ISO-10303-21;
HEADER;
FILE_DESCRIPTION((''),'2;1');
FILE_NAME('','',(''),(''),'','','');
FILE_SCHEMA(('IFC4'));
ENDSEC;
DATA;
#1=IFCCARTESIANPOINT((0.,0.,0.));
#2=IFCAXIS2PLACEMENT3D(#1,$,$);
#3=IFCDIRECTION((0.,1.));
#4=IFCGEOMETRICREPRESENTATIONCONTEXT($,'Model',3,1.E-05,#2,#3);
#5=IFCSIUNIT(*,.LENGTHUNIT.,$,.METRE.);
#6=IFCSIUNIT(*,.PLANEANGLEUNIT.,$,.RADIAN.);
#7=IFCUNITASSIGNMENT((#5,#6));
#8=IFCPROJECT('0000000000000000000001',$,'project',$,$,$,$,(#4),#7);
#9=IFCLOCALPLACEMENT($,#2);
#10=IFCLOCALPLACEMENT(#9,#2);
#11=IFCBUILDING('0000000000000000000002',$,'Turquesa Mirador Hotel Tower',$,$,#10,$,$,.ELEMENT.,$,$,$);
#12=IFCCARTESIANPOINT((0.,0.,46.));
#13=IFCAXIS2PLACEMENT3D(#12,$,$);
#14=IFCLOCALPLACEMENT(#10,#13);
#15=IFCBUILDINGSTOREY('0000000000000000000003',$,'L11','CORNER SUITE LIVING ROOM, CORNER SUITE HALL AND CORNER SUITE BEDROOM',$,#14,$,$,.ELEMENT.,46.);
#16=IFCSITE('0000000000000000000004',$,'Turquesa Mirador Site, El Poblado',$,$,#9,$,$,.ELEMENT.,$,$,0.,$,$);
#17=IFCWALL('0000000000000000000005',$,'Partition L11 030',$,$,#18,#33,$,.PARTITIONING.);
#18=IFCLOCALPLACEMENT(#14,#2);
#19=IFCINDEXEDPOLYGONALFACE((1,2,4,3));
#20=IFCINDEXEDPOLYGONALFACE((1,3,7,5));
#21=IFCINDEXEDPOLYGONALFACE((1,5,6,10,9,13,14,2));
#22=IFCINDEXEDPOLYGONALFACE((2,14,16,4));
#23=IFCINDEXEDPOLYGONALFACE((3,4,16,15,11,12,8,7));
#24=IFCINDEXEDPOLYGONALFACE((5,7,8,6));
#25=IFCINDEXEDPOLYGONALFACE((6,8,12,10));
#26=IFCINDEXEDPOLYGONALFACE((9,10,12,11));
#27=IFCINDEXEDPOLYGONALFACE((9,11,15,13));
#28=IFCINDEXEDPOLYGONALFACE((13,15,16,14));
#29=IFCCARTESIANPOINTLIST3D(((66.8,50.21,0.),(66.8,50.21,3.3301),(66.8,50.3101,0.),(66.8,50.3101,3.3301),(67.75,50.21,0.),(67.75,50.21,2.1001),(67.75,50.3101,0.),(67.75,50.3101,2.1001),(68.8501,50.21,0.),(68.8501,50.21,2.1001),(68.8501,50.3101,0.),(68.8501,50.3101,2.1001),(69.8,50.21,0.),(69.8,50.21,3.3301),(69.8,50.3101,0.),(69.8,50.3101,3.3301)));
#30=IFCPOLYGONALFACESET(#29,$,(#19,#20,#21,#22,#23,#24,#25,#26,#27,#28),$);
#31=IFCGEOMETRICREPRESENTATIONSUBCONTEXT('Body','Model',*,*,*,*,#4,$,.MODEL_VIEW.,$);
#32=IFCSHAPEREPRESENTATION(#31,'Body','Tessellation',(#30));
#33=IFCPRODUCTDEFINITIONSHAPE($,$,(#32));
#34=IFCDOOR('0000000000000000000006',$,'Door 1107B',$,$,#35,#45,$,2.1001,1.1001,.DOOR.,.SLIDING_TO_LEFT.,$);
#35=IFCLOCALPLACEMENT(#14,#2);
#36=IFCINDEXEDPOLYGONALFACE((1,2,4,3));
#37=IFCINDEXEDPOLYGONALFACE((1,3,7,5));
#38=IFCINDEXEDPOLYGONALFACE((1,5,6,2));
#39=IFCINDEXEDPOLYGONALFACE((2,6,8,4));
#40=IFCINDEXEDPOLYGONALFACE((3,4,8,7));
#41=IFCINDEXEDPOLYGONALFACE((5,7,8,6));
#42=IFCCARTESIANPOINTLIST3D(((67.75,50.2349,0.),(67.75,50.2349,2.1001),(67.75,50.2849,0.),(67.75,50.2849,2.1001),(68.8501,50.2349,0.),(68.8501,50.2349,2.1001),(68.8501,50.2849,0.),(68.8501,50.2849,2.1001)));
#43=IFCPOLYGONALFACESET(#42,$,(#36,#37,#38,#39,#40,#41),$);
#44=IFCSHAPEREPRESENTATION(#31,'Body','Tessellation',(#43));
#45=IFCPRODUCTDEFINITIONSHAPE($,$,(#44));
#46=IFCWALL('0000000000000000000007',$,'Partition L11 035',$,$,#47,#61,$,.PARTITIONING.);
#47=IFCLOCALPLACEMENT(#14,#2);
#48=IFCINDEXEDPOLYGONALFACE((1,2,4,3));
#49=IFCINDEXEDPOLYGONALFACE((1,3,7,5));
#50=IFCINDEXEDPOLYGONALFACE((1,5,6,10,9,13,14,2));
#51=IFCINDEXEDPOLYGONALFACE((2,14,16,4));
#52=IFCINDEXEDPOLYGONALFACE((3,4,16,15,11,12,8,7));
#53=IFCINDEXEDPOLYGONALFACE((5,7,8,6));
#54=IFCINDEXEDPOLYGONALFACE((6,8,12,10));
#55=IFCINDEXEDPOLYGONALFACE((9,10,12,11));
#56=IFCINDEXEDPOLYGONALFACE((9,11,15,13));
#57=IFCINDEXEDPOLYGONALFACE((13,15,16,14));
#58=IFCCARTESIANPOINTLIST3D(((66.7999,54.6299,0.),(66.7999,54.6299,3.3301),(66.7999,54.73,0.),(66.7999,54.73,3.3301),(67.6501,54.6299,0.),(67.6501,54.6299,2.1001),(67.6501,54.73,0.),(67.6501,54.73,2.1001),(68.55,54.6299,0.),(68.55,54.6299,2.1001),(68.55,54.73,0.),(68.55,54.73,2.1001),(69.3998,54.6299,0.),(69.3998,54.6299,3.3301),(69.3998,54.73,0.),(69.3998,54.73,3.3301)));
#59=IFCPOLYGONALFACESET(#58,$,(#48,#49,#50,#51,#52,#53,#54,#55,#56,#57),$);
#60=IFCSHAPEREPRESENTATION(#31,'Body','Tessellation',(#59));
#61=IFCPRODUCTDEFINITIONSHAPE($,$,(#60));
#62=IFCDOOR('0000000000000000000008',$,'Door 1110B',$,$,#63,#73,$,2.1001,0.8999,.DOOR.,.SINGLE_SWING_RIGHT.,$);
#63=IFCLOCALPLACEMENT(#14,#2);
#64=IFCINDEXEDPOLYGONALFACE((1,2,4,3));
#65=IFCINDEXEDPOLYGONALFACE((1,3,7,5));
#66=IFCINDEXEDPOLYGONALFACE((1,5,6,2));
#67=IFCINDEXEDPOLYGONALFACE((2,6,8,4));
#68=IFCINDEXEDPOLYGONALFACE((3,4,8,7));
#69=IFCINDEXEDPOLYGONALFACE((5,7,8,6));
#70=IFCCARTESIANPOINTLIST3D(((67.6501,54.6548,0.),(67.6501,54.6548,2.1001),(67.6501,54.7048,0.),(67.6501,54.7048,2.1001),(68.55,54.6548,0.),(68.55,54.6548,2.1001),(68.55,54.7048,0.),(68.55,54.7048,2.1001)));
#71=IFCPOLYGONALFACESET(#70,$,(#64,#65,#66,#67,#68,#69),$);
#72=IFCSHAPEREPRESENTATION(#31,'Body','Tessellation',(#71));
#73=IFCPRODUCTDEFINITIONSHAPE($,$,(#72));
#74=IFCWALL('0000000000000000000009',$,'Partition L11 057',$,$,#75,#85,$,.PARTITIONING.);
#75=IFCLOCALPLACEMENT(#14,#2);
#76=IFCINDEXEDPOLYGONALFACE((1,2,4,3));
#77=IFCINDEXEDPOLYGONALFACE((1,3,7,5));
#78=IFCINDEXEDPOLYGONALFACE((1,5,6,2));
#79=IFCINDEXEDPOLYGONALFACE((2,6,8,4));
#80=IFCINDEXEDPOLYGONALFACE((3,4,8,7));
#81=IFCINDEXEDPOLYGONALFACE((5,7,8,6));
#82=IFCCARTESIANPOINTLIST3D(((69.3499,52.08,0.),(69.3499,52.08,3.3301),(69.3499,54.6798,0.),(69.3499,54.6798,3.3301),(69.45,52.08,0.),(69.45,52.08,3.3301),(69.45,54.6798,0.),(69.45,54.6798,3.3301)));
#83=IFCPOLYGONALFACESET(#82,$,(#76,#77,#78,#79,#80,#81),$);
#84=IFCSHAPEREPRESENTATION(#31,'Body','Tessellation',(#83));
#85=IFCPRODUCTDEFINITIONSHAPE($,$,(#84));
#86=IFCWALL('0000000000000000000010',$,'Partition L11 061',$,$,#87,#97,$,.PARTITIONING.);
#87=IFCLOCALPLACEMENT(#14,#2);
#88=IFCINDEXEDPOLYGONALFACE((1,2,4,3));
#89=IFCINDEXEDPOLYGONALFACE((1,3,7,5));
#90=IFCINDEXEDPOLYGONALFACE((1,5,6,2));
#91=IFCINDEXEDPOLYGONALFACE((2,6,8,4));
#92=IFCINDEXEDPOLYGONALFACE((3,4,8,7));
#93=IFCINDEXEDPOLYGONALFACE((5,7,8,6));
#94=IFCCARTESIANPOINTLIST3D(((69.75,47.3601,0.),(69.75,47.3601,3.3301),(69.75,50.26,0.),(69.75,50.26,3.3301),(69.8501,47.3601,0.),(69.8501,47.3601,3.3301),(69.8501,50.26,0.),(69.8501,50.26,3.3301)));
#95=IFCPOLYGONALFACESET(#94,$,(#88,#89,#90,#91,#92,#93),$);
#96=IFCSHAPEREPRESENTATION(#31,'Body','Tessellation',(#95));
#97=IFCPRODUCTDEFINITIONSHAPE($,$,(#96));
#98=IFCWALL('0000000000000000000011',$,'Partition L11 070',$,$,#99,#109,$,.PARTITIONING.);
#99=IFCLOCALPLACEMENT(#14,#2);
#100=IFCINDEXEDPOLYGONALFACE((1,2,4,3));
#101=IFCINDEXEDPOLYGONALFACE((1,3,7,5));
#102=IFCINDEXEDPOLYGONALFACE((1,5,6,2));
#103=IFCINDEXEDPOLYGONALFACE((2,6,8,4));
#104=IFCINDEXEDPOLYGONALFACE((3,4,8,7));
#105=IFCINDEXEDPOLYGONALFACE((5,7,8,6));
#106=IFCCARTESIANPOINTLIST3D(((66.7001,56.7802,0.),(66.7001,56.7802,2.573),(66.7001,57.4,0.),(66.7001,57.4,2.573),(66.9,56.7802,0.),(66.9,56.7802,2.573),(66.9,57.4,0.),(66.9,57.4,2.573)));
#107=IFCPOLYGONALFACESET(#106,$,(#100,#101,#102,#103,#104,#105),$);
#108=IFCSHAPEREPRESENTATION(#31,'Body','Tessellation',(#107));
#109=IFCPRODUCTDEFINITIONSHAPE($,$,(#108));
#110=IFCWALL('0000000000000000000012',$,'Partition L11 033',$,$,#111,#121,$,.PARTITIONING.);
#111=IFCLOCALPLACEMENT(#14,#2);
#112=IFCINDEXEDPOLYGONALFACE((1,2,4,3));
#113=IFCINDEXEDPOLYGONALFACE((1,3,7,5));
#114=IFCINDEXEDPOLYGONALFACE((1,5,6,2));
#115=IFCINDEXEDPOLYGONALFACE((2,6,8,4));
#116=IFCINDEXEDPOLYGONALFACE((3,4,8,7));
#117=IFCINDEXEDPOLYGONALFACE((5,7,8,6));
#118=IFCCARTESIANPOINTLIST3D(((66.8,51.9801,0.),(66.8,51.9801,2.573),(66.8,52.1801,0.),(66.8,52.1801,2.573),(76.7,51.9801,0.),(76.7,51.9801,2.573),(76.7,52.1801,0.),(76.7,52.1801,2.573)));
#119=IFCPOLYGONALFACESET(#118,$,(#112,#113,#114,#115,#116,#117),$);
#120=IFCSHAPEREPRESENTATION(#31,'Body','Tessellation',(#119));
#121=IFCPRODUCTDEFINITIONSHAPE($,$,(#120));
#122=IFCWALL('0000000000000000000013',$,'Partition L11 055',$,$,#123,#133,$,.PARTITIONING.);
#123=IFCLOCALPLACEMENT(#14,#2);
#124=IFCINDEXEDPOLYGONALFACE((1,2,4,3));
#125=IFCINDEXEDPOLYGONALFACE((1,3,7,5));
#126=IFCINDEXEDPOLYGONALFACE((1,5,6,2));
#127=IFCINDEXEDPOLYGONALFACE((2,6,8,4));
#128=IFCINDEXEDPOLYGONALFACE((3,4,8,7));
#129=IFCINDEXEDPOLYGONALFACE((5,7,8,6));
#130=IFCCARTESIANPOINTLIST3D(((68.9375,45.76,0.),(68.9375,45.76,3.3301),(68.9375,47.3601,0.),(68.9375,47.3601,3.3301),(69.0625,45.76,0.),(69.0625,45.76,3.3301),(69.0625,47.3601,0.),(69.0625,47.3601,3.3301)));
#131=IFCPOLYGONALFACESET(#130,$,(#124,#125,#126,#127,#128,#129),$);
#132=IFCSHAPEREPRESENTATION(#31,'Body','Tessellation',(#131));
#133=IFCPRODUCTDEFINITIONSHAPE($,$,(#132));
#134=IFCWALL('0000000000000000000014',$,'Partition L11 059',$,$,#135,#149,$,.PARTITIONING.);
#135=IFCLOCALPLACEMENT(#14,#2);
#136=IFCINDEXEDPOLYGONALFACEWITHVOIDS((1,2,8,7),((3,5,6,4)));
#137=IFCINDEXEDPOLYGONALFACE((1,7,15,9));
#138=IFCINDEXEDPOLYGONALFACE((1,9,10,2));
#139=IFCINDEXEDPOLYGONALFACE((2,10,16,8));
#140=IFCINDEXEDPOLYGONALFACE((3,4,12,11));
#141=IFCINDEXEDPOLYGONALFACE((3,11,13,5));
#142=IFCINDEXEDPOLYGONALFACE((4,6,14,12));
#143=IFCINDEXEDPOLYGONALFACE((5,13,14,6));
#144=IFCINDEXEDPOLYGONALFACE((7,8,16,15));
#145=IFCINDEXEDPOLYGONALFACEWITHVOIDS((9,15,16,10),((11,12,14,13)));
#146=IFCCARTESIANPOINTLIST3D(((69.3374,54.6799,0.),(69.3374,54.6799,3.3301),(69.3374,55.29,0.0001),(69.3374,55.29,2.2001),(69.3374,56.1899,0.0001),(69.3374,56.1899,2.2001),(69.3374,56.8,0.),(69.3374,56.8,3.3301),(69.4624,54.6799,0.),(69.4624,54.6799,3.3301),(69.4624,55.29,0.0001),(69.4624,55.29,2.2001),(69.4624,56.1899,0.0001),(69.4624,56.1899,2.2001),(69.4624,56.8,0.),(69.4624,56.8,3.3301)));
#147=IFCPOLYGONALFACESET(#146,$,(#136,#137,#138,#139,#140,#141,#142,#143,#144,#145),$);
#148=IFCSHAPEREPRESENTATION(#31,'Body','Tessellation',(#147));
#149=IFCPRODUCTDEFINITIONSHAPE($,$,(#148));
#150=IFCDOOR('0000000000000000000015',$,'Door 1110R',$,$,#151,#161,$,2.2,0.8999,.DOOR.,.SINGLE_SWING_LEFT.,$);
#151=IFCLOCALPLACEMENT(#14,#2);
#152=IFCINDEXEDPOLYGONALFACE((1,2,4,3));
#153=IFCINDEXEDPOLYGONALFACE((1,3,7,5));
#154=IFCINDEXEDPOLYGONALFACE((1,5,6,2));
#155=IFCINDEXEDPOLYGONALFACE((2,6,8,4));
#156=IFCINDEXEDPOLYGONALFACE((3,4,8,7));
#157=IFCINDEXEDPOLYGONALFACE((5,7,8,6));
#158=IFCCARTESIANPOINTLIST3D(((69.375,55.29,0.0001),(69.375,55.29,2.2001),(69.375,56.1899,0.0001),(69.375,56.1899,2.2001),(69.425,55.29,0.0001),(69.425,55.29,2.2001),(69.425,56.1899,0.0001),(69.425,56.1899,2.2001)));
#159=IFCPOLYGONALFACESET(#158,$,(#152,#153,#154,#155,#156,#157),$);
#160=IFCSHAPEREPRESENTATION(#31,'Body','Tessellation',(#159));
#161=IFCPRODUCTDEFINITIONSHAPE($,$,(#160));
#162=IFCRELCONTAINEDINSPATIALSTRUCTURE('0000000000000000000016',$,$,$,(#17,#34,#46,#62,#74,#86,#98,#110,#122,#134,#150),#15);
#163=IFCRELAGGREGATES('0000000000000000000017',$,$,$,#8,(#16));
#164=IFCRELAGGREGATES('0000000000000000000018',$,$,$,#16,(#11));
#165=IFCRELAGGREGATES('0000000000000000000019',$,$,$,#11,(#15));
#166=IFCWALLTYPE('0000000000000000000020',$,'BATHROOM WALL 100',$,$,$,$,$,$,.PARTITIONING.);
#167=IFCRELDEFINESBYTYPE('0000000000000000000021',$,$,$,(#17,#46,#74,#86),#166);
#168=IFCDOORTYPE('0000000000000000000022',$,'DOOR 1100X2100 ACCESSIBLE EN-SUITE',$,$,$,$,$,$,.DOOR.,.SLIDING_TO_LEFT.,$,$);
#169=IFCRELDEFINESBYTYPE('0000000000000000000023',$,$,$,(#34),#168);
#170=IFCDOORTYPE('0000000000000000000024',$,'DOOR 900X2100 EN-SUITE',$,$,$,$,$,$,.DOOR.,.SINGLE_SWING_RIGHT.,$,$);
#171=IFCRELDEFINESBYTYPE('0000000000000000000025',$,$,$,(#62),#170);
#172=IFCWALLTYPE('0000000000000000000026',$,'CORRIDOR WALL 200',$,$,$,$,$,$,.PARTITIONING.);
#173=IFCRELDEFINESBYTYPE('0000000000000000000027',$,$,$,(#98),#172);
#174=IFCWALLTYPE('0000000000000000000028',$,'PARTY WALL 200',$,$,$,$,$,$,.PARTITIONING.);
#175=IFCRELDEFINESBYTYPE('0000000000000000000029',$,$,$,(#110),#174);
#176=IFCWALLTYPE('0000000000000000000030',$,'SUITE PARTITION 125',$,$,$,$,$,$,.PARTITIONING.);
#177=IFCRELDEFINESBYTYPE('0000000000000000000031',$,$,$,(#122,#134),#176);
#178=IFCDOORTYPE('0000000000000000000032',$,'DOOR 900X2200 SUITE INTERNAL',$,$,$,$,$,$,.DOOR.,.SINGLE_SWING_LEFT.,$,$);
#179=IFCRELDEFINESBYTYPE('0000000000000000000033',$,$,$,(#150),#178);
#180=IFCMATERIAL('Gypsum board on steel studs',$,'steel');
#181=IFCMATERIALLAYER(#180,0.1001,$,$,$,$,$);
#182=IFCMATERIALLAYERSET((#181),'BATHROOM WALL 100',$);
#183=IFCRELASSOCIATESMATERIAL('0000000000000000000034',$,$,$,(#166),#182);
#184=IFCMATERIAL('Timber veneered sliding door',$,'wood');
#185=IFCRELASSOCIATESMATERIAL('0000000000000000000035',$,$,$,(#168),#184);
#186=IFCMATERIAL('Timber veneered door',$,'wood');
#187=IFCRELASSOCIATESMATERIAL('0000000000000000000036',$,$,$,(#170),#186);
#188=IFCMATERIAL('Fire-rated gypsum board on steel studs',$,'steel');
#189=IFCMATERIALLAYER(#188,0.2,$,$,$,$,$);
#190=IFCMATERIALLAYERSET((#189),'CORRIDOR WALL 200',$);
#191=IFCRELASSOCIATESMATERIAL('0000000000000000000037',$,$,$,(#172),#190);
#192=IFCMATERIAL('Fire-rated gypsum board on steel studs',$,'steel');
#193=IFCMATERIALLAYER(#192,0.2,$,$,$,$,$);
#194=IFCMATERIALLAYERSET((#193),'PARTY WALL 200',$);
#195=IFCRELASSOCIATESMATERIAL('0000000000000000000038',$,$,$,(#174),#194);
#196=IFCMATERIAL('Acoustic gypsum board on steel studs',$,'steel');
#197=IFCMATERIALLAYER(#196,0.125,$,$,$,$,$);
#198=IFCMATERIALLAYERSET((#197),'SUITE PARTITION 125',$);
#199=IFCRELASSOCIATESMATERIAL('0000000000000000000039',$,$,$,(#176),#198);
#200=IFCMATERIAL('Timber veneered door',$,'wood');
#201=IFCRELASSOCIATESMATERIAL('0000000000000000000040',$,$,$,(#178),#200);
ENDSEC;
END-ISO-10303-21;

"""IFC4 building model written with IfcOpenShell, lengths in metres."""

from ifc_helpers import new_model, si_unit, direction, frame, frame_2d, origin, place, context, subcontext, project, spatial, rectangle, extrude, material, layer, layer_set, type_object, element, fill, save


model = new_model("IFC4")

# Units and contexts
model_context = context("Model", 3, precision=1e-05, world=origin(), true_north=direction((0.0, 1.0)))
body_context = subcontext(model_context, "Body", "Model", "MODEL_VIEW")
ifc_project = project(units=[si_unit("LENGTHUNIT", "METRE"), si_unit("PLANEANGLEUNIT", "RADIAN")], contexts=[model_context])

# Site, building, storey
site_placement = place(None, origin())
site = spatial("IfcSite", under=ifc_project, at=site_placement, Name="Turquesa Mirador Site, El Poblado", CompositionType="ELEMENT", RefElevation=0.0)
building_placement = place(site_placement, origin())
building = spatial("IfcBuilding", under=site, at=building_placement, Name="Turquesa Mirador Hotel Tower", CompositionType="ELEMENT")
storey_placement = place(building_placement, frame((0.0, 0.0, 46.0)))
storey = spatial("IfcBuildingStorey", under=building, at=storey_placement, Name="L11", Description="CORNER SUITE LIVING ROOM, CORNER SUITE HALL AND CORNER SUITE BEDROOM", CompositionType="ELEMENT", Elevation=46.0)

# Walls, openings, doors
ifc_material_1 = material(Name="Gypsum board on steel studs", Category="steel")
ifc_layer_1 = layer(ifc_material_1, 0.1001)
ifc_layer_set_1 = layer_set([ifc_layer_1], Name="BATHROOM WALL 100")
wall_type_1 = type_object("IfcWallType", Name="BATHROOM WALL 100", PredefinedType="PARTITIONING", material=ifc_layer_set_1)
wall_1_placement = place(storey_placement, frame((66.8, 50.26, 0.0), z_axis=(0.0, 0.0, 1.0), x_axis=(1.0, 0.0, 0.0)))
wall_1 = element("IfcWall", 1, at=wall_1_placement, inside=storey, type_object=wall_type_1, Name="Partition L11 030", PredefinedType="PARTITIONING", context=body_context, shape_type="SweptSolid", body=[
    extrude(rectangle(XDim=3.0, YDim=0.1001, at=frame_2d((1.5, 0.0))), origin(), (0.0, 0.0, 1.0), 3.3301),
])
opening_1_placement = place(wall_1_placement, frame((0.95, 0.0, 0.0)))
opening_1 = element("IfcOpeningElement", 2, at=opening_1_placement, cuts=wall_1, PredefinedType="OPENING", context=body_context, shape_type="SweptSolid", body=[
    extrude(rectangle(XDim=1.1001, YDim=2.1001, at=frame_2d((0.55, 1.05))), frame((0.0, 0.0601, 0.0), z_axis=(0.0, -1.0, 0.0), x_axis=(1.0, 0.0, 0.0)), (0.0, 0.0, 1.0), 0.1201),
])
ifc_material_2 = material(Name="Timber veneered sliding door", Category="wood")
door_type_1 = type_object("IfcDoorType", Name="DOOR 1100X2100 ACCESSIBLE EN-SUITE", OperationType="SLIDING_TO_LEFT", PredefinedType="DOOR", material=ifc_material_2)
door_1_placement = place(opening_1_placement, origin())
door_1 = element("IfcDoor", 3, at=door_1_placement, inside=storey, type_object=door_type_1, Name="Door 1107B", OperationType="SLIDING_TO_LEFT", OverallHeight=2.1001, OverallWidth=1.1001, PredefinedType="DOOR", context=body_context, shape_type="SweptSolid", body=[
    extrude(rectangle(XDim=1.1001, YDim=2.1001, at=frame_2d((0.55, 1.05))), frame((0.0, 0.0249, 0.0), z_axis=(0.0, -1.0, 0.0), x_axis=(1.0, 0.0, 0.0)), (0.0, 0.0, 1.0), 0.05),
])
fill(opening_1, door_1)
wall_2_placement = place(storey_placement, frame((66.8, 54.6799, 0.0), z_axis=(0.0, 0.0, 1.0), x_axis=(1.0, 0.0, 0.0)))
wall_2 = element("IfcWall", 4, at=wall_2_placement, inside=storey, type_object=wall_type_1, Name="Partition L11 035", PredefinedType="PARTITIONING", context=body_context, shape_type="SweptSolid", body=[
    extrude(rectangle(XDim=2.5999, YDim=0.1001, at=frame_2d((1.2998, 0.0))), origin(), (0.0, 0.0, 1.0), 3.3301),
])
opening_2_placement = place(wall_2_placement, frame((0.8501, 0.0, 0.0)))
opening_2 = element("IfcOpeningElement", 5, at=opening_2_placement, cuts=wall_2, PredefinedType="OPENING", context=body_context, shape_type="SweptSolid", body=[
    extrude(rectangle(XDim=0.8999, YDim=2.1001, at=frame_2d((0.45, 1.05))), frame((0.0, 0.0601, 0.0), z_axis=(0.0, -1.0, 0.0), x_axis=(1.0, 0.0, 0.0)), (0.0, 0.0, 1.0), 0.1201),
])
ifc_material_3 = material(Name="Timber veneered door", Category="wood")
door_type_2 = type_object("IfcDoorType", Name="DOOR 900X2100 EN-SUITE", OperationType="SINGLE_SWING_RIGHT", PredefinedType="DOOR", material=ifc_material_3)
door_2_placement = place(opening_2_placement, origin())
door_2 = element("IfcDoor", 6, at=door_2_placement, inside=storey, type_object=door_type_2, Name="Door 1110B", OperationType="SINGLE_SWING_RIGHT", OverallHeight=2.1001, OverallWidth=0.8999, PredefinedType="DOOR", context=body_context, shape_type="SweptSolid", body=[
    extrude(rectangle(XDim=0.8999, YDim=2.1001, at=frame_2d((0.45, 1.05))), frame((0.0, 0.0249, 0.0), z_axis=(0.0, -1.0, 0.0), x_axis=(1.0, 0.0, 0.0)), (0.0, 0.0, 1.0), 0.05),
])
fill(opening_2, door_2)

# Walls
wall_3_placement = place(storey_placement, frame((69.3999, 52.0801, 0.0), z_axis=(0.0, 0.0, 1.0), x_axis=(0.0, 1.0, 0.0)))
element("IfcWall", 7, at=wall_3_placement, inside=storey, type_object=wall_type_1, Name="Partition L11 057", PredefinedType="PARTITIONING", context=body_context, shape_type="SweptSolid", body=[
    extrude(rectangle(XDim=2.5999, YDim=0.1001, at=frame_2d((1.2998, 0.0))), origin(), (0.0, 0.0, 1.0), 3.3301),
])
wall_4_placement = place(storey_placement, frame((69.8, 47.3601, 0.0), z_axis=(0.0, 0.0, 1.0), x_axis=(0.0, 1.0, 0.0)))
element("IfcWall", 8, at=wall_4_placement, inside=storey, type_object=wall_type_1, Name="Partition L11 061", PredefinedType="PARTITIONING", context=body_context, shape_type="SweptSolid", body=[
    extrude(rectangle(XDim=2.8999, YDim=0.1001, at=frame_2d((1.45, 0.0))), origin(), (0.0, 0.0, 1.0), 3.3301),
])
ifc_material_4 = material(Name="Fire-rated gypsum board on steel studs", Category="steel")
ifc_layer_2 = layer(ifc_material_4, 0.2)
ifc_layer_set_2 = layer_set([ifc_layer_2], Name="CORRIDOR WALL 200")
wall_type_2 = type_object("IfcWallType", Name="CORRIDOR WALL 200", PredefinedType="PARTITIONING", material=ifc_layer_set_2)
wall_5_placement = place(storey_placement, frame((66.8, 56.78, 0.0), z_axis=(0.0, 0.0, 1.0), x_axis=(0.0, 1.0, 0.0)))
element("IfcWall", 9, at=wall_5_placement, inside=storey, type_object=wall_type_2, Name="Partition L11 070", PredefinedType="PARTITIONING", context=body_context, shape_type="SweptSolid", body=[
    extrude(rectangle(XDim=0.6199, YDim=0.2, at=frame_2d((0.3101, 0.0))), origin(), (0.0, 0.0, 1.0), 2.573),
])
ifc_material_5 = material(Name="Fire-rated gypsum board on steel studs", Category="steel")
ifc_layer_3 = layer(ifc_material_5, 0.2)
ifc_layer_set_3 = layer_set([ifc_layer_3], Name="PARTY WALL 200")
wall_type_3 = type_object("IfcWallType", Name="PARTY WALL 200", PredefinedType="PARTITIONING", material=ifc_layer_set_3)
wall_6_placement = place(storey_placement, frame((66.8, 52.0801, 0.0), z_axis=(0.0, 0.0, 1.0), x_axis=(1.0, 0.0, 0.0)))
element("IfcWall", 10, at=wall_6_placement, inside=storey, type_object=wall_type_3, Name="Partition L11 033", PredefinedType="PARTITIONING", context=body_context, shape_type="SweptSolid", body=[
    extrude(rectangle(XDim=9.8999, YDim=0.2, at=frame_2d((4.95, 0.0))), origin(), (0.0, 0.0, 1.0), 2.573),
])
ifc_material_6 = material(Name="Acoustic gypsum board on steel studs", Category="steel")
ifc_layer_4 = layer(ifc_material_6, 0.125)
ifc_layer_set_4 = layer_set([ifc_layer_4], Name="SUITE PARTITION 125")
wall_type_4 = type_object("IfcWallType", Name="SUITE PARTITION 125", PredefinedType="PARTITIONING", material=ifc_layer_set_4)
wall_7_placement = place(storey_placement, frame((69.0, 45.76, 0.0), z_axis=(0.0, 0.0, 1.0), x_axis=(0.0, 1.0, 0.0)))
element("IfcWall", 11, at=wall_7_placement, inside=storey, type_object=wall_type_4, Name="Partition L11 055", PredefinedType="PARTITIONING", context=body_context, shape_type="SweptSolid", body=[
    extrude(rectangle(XDim=1.6001, YDim=0.125, at=frame_2d((0.8, 0.0))), origin(), (0.0, 0.0, 1.0), 3.3301),
])

# Wall, opening, door
wall_8_placement = place(storey_placement, frame((69.3999, 54.6799, 0.0), z_axis=(0.0, 0.0, 1.0), x_axis=(0.0, 1.0, 0.0)))
wall_8 = element("IfcWall", 12, at=wall_8_placement, inside=storey, type_object=wall_type_4, Name="Partition L11 059", PredefinedType="PARTITIONING", context=body_context, shape_type="SweptSolid", body=[
    extrude(rectangle(XDim=2.1201, YDim=0.125, at=frame_2d((1.0601, 0.0))), origin(), (0.0, 0.0, 1.0), 3.3301),
])
opening_3_placement = place(wall_8_placement, frame((0.6101, 0.0, 0.0)))
opening_3 = element("IfcOpeningElement", 13, at=opening_3_placement, cuts=wall_8, PredefinedType="OPENING", context=body_context, shape_type="SweptSolid", body=[
    extrude(rectangle(XDim=0.8999, YDim=2.2, at=frame_2d((0.45, 1.1001))), frame((0.0, 0.0725, 0.0), z_axis=(0.0, -1.0, 0.0), x_axis=(1.0, 0.0, 0.0)), (0.0, 0.0, 1.0), 0.145),
])
ifc_material_7 = material(Name="Timber veneered door", Category="wood")
door_type_3 = type_object("IfcDoorType", Name="DOOR 900X2200 SUITE INTERNAL", OperationType="SINGLE_SWING_LEFT", PredefinedType="DOOR", material=ifc_material_7)
door_3_placement = place(opening_3_placement, origin())
door_3 = element("IfcDoor", 14, at=door_3_placement, inside=storey, type_object=door_type_3, Name="Door 1110R", OperationType="SINGLE_SWING_LEFT", OverallHeight=2.2, OverallWidth=0.8999, PredefinedType="DOOR", context=body_context, shape_type="SweptSolid", body=[
    extrude(rectangle(XDim=0.8999, YDim=2.2, at=frame_2d((0.45, 1.1001))), frame((0.0, 0.0249, 0.0), z_axis=(0.0, -1.0, 0.0), x_axis=(1.0, 0.0, 0.0)), (0.0, 0.0, 1.0), 0.05),
])
fill(opening_3, door_3)

save(model, "model.ifc")
